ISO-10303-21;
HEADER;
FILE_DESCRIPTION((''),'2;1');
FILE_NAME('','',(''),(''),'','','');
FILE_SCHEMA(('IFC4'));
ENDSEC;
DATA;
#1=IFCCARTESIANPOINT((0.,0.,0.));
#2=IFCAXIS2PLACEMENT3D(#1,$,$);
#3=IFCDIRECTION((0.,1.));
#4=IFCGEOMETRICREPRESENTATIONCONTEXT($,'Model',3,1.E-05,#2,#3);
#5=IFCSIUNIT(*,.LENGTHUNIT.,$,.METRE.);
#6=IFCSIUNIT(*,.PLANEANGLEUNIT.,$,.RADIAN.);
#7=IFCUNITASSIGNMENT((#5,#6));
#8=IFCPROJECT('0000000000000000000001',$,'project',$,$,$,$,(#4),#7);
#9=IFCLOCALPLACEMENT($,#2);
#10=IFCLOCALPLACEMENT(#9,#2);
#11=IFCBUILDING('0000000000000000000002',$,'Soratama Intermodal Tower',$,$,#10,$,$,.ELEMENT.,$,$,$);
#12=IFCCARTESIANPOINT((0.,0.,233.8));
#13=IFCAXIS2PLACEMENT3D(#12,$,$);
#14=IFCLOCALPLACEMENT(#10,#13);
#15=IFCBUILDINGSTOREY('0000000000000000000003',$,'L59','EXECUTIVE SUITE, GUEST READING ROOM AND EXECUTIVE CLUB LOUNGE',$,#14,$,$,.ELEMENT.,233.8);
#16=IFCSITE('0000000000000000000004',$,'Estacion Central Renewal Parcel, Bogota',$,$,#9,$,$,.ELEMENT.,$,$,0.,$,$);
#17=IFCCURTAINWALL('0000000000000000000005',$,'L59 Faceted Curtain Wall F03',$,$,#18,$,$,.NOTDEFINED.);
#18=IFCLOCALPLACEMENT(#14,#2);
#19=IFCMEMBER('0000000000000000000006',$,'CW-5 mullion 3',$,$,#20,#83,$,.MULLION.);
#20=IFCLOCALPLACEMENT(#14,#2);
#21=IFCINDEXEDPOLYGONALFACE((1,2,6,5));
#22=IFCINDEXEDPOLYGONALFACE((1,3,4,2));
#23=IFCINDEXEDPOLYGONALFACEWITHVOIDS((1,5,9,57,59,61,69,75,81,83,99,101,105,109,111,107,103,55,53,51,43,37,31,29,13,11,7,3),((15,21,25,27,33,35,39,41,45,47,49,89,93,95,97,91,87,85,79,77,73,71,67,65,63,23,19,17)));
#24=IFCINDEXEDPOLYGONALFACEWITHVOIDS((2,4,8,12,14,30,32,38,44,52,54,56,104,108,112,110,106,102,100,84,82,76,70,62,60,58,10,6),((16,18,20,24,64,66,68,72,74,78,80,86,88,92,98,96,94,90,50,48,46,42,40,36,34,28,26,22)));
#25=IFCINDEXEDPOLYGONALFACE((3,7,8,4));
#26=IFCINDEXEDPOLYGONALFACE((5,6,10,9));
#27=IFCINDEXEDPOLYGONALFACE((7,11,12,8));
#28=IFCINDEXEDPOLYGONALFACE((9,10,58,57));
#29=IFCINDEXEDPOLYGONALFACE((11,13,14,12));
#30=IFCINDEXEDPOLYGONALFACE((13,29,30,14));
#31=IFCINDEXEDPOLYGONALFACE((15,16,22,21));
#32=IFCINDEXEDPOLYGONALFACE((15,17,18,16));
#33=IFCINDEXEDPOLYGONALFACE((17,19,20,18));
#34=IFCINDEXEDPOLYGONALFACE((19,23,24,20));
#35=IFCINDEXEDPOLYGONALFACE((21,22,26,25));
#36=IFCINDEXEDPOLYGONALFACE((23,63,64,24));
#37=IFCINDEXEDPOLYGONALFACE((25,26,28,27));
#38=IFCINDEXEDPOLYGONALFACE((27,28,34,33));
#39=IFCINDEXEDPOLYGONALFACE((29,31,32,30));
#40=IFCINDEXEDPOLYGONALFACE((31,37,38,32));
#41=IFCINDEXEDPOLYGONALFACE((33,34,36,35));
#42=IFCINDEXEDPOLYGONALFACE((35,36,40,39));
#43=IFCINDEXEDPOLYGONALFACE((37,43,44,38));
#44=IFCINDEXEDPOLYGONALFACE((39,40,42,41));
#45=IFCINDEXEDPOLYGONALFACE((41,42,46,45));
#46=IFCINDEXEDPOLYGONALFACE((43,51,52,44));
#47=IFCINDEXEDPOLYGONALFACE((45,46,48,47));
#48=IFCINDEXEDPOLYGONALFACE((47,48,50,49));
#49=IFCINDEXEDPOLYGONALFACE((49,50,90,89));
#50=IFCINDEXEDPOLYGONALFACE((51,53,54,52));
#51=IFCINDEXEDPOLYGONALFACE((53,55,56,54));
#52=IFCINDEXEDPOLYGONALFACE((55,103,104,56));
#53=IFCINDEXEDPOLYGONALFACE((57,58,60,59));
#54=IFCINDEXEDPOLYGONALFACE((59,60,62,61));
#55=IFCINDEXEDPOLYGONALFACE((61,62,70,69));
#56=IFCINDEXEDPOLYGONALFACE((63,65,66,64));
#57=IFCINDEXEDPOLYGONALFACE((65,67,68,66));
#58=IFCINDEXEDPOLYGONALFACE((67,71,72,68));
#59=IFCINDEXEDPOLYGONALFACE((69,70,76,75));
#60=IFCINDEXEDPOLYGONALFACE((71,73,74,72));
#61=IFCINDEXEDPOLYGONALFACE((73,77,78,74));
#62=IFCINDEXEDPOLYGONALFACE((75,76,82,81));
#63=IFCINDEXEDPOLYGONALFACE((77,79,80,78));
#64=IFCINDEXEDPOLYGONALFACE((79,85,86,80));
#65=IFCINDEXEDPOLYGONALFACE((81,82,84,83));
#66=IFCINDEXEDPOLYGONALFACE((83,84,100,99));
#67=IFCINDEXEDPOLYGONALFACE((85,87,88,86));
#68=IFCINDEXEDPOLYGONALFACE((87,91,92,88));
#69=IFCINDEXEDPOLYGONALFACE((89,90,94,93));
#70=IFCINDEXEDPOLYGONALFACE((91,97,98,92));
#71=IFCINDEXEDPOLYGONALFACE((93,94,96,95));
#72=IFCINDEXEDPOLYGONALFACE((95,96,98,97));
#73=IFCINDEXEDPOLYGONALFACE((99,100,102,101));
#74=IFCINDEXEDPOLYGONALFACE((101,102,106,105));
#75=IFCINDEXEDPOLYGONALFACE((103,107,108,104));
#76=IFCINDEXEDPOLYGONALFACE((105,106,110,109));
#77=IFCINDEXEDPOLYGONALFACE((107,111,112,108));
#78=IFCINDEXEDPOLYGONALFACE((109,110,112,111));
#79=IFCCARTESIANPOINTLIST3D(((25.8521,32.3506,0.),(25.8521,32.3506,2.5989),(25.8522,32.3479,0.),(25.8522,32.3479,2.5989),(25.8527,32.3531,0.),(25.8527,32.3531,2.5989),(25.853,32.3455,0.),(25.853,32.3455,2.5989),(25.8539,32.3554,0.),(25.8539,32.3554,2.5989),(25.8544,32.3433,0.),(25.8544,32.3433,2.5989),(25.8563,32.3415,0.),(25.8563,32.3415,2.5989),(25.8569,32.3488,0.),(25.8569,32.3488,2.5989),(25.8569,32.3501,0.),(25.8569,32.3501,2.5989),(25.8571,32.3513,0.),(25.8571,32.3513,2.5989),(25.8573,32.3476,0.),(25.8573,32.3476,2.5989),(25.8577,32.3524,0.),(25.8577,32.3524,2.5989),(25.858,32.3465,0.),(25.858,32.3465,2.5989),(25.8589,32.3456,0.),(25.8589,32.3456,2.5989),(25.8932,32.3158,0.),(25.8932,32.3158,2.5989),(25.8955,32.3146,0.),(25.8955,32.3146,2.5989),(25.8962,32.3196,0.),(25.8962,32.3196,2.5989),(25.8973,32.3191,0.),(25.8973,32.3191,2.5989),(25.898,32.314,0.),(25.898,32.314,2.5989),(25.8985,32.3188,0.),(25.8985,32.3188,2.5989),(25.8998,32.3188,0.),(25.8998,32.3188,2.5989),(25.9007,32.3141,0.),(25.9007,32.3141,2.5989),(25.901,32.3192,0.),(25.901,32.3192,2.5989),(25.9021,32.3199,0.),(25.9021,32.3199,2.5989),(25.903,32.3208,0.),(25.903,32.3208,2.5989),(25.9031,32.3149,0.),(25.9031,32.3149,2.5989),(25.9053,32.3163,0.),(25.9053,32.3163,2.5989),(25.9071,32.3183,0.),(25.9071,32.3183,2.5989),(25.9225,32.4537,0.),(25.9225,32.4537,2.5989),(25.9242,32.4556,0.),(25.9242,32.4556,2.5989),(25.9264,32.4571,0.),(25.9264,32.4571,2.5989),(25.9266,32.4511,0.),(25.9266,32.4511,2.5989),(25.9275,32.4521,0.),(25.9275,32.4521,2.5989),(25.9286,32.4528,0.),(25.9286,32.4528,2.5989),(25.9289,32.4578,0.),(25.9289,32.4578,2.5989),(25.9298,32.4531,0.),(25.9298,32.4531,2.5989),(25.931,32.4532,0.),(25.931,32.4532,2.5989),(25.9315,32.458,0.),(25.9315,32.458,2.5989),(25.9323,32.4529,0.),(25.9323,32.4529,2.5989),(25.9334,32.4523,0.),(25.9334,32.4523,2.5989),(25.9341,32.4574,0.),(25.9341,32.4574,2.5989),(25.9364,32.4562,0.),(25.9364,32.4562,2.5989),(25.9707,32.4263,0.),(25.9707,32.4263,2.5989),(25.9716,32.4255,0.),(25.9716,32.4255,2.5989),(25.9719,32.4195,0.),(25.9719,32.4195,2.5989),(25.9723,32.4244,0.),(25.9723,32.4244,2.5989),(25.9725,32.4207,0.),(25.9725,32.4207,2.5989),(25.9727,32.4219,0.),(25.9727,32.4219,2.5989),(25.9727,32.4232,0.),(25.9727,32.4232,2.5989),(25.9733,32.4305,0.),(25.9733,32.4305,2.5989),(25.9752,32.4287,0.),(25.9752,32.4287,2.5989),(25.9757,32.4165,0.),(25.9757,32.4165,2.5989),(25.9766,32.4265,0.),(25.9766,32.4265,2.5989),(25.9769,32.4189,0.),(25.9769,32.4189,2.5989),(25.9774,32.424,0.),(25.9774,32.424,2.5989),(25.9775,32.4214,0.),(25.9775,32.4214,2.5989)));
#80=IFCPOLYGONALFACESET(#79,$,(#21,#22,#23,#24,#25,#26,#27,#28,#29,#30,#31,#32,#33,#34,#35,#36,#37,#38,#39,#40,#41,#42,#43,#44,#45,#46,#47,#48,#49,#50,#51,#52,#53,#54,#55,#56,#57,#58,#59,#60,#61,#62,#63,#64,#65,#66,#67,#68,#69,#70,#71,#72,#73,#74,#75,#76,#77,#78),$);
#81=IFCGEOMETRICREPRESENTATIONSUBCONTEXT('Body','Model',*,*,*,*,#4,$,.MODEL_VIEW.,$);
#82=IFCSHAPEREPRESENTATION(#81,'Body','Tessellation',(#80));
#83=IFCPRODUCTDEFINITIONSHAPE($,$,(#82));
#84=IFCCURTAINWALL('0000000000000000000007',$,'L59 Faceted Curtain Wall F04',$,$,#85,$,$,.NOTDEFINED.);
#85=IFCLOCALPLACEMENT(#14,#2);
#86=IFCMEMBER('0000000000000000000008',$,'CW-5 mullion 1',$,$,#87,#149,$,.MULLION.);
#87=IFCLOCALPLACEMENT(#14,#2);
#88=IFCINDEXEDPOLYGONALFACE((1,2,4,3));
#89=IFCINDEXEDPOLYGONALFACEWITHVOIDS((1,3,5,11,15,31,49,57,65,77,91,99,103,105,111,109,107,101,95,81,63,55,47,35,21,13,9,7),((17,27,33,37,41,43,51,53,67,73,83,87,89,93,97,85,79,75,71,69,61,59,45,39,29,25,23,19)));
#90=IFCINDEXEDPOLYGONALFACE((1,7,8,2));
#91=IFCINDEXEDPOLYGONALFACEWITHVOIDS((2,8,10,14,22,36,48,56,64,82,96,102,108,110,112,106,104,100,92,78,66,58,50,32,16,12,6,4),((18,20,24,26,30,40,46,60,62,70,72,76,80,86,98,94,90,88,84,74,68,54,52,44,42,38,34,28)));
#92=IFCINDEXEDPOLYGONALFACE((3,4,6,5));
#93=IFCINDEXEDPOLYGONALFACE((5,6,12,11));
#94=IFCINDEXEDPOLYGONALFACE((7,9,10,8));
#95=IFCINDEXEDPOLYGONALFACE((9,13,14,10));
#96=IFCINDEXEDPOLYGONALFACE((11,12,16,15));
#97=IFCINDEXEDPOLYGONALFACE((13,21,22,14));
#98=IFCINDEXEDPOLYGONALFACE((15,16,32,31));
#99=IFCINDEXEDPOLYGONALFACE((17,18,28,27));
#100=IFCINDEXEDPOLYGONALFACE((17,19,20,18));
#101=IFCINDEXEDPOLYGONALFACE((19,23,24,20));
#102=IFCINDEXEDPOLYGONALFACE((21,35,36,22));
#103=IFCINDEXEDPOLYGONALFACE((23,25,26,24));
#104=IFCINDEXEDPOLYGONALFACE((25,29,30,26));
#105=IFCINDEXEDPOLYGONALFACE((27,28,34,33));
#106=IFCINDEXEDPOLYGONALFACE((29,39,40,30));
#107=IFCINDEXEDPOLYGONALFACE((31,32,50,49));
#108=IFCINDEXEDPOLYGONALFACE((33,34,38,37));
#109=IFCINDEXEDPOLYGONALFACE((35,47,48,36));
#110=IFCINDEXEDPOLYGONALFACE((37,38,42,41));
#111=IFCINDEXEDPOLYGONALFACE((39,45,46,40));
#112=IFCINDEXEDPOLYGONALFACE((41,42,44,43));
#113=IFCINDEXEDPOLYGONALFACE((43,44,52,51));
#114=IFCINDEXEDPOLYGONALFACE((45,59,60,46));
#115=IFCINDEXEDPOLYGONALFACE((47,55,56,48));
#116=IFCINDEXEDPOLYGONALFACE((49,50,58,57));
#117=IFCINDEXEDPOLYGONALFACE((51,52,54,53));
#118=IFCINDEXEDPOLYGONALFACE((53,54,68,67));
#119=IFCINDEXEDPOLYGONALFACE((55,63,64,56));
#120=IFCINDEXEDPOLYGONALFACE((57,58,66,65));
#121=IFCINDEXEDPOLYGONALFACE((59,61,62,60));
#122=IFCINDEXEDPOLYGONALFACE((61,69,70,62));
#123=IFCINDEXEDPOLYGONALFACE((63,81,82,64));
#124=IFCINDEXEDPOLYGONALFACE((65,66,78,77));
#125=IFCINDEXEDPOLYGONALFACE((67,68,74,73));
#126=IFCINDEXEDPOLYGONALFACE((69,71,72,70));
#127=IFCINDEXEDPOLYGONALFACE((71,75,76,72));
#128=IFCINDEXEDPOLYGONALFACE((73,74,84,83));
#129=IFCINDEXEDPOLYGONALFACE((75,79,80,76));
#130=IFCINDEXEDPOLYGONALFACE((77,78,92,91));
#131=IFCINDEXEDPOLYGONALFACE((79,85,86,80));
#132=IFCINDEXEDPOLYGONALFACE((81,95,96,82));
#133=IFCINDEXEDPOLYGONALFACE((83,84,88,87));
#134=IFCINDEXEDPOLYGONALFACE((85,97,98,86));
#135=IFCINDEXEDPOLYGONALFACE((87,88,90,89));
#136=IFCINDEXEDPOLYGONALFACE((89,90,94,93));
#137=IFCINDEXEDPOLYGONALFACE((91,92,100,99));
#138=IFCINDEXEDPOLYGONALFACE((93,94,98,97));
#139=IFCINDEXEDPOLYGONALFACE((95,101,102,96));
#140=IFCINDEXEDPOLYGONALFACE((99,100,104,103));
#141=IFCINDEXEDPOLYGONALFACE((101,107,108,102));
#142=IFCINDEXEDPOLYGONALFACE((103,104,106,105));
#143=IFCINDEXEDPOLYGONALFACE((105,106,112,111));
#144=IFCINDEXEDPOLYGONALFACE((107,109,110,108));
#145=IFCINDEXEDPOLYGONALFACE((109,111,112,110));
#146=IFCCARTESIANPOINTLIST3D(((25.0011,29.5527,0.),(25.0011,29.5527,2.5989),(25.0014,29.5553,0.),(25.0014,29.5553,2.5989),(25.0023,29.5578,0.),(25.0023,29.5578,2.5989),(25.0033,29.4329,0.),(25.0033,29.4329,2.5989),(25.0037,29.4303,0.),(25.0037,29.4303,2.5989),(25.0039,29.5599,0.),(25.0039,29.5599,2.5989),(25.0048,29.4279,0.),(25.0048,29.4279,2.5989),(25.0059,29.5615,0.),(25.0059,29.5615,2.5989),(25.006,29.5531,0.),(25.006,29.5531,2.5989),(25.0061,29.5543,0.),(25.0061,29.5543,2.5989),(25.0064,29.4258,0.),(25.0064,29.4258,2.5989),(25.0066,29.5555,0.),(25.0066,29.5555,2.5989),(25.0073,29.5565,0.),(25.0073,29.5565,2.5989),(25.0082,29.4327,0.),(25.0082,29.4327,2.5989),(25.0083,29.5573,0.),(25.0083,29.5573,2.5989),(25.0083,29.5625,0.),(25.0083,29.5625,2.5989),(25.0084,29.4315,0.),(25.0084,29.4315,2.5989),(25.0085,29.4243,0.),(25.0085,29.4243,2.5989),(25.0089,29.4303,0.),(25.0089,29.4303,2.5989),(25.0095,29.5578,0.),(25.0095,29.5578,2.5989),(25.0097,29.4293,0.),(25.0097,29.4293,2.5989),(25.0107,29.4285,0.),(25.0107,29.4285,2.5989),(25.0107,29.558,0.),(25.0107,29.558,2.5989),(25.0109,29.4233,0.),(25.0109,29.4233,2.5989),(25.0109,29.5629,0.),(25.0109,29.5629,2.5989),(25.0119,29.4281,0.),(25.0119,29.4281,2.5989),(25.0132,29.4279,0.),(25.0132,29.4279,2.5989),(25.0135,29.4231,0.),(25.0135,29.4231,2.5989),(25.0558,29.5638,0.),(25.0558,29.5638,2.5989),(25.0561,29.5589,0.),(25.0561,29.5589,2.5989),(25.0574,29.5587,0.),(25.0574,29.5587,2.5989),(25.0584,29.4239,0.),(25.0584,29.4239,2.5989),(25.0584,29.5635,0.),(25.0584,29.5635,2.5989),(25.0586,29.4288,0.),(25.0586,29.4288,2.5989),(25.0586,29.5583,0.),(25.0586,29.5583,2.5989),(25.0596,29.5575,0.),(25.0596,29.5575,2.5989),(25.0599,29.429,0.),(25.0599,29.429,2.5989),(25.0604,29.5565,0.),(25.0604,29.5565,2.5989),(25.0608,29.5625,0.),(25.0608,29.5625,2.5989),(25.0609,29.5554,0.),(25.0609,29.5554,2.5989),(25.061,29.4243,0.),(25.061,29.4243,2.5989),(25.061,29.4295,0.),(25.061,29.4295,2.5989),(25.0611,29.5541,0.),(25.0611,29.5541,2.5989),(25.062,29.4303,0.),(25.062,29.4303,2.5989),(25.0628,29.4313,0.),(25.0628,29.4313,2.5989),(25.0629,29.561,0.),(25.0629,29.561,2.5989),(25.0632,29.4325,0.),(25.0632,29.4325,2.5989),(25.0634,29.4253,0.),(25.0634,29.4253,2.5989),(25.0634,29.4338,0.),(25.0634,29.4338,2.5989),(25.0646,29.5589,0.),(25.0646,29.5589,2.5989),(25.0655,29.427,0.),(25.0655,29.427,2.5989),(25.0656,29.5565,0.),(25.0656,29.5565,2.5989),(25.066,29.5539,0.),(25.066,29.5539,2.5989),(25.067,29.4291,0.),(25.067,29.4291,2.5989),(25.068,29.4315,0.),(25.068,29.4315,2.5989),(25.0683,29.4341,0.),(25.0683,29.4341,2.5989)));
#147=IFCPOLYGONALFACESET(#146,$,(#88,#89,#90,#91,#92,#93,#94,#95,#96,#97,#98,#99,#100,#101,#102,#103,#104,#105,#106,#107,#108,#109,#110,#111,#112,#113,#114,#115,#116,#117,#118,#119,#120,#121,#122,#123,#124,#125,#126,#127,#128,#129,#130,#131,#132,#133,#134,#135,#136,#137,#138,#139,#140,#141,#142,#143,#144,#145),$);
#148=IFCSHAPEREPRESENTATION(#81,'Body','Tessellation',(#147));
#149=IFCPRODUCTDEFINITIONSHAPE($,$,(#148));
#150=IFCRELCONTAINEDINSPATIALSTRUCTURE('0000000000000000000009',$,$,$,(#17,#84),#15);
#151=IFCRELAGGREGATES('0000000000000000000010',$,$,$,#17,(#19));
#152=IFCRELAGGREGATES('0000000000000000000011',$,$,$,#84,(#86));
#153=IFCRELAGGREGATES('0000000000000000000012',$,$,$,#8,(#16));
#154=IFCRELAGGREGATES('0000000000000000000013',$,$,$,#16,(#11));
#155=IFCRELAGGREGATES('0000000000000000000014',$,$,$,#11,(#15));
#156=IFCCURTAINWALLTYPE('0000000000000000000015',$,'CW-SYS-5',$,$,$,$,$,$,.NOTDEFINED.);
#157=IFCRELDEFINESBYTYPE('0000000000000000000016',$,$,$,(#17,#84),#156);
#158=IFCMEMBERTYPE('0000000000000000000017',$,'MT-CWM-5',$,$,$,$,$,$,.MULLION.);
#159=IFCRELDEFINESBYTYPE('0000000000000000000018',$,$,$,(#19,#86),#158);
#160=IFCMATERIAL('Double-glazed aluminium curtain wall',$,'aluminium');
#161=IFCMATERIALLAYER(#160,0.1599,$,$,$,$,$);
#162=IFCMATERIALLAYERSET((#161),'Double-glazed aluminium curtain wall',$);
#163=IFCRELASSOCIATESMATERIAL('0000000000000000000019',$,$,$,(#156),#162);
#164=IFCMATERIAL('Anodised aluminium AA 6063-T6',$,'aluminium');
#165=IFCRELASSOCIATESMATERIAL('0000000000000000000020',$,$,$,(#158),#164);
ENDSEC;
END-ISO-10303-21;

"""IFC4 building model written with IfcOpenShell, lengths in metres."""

from ifc_helpers import new_model, si_unit, direction, frame, origin, origin_2d, place, context, subcontext, project, spatial, hollow_rectangle, extrude, material, layer, layer_set, material_profile, profile_set, type_object, element, aggregate, save


model = new_model("IFC4")

# Units and contexts
model_context = context("Model", 3, precision=1e-05, world=origin(), true_north=direction((0.0, 1.0)))
body_context = subcontext(model_context, "Body", "Model", "MODEL_VIEW")
ifc_project = project(units=[si_unit("LENGTHUNIT", "METRE"), si_unit("PLANEANGLEUNIT", "RADIAN")], contexts=[model_context])

# Site, building, storey
site_placement = place(None, origin())
site = spatial("IfcSite", under=ifc_project, at=site_placement, Name="Estacion Central Renewal Parcel, Bogota", CompositionType="ELEMENT", RefElevation=0.0)
building_placement = place(site_placement, origin())
building = spatial("IfcBuilding", under=site, at=building_placement, Name="Soratama Intermodal Tower", CompositionType="ELEMENT")
storey_placement = place(building_placement, frame((0.0, 0.0, 233.8)))
storey = spatial("IfcBuildingStorey", under=building, at=storey_placement, Name="L59", Description="EXECUTIVE SUITE, GUEST READING ROOM AND EXECUTIVE CLUB LOUNGE", CompositionType="ELEMENT", Elevation=233.8)

# Curtain wall, member
ifc_material_1 = material(Name="Double-glazed aluminium curtain wall", Category="aluminium")
ifc_layer_1 = layer(ifc_material_1, 0.1599)
ifc_layer_set_1 = layer_set([ifc_layer_1], Name="Double-glazed aluminium curtain wall")
curtain_wall_type = type_object("IfcCurtainWallType", Name="CW-SYS-5", PredefinedType="NOTDEFINED", material=ifc_layer_set_1)
curtain_wall_1_placement = place(storey_placement, origin())
curtain_wall_1 = element("IfcCurtainWall", 1, at=curtain_wall_1_placement, inside=storey, type_object=curtain_wall_type, Name="L59 Faceted Curtain Wall F03", PredefinedType="NOTDEFINED")
ifc_material_2 = material(Name="Anodised aluminium AA 6063-T6", Category="aluminium")
ifc_material_profile_1 = material_profile(ifc_material_2, hollow_rectangle(XDim=0.0649, YDim=0.1399, WallThickness=0.0049, InnerFilletRadius=0.0049, OuterFilletRadius=0.01, at=origin_2d()), Name="CWM140X65X5")
ifc_profile_set_1 = profile_set([ifc_material_profile_1], Name="Anodised aluminium AA 6063-T6")
member_type_1 = type_object("IfcMemberType", Name="MT-CWM-5", PredefinedType="MULLION", material=ifc_profile_set_1)
member_1_placement = place(storey_placement, frame((25.9148, 32.386, 0.0), z_axis=(0.0, 0.0, 1.0), x_axis=(0.819951, -0.572433, 0.0)))
member_1 = element("IfcMember", 2, at=member_1_placement, type_object=member_type_1, Name="CW-5 mullion 3", PredefinedType="MULLION", context=body_context, shape_type="SweptSolid", body=[
    extrude(hollow_rectangle(XDim=0.0649, YDim=0.1399, WallThickness=0.0049, InnerFilletRadius=0.0049, OuterFilletRadius=0.01, at=origin_2d()), origin(), (0.0, 0.0, 1.0), 2.5989),
])
aggregate(curtain_wall_1, [member_1])

# Curtain wall, member
curtain_wall_2_placement = place(storey_placement, origin())
curtain_wall_2 = element("IfcCurtainWall", 3, at=curtain_wall_2_placement, inside=storey, type_object=curtain_wall_type, Name="L59 Faceted Curtain Wall F04", PredefinedType="NOTDEFINED")
member_2_placement = place(storey_placement, frame((25.0347, 29.4934, 0.0), z_axis=(0.0, 0.0, 1.0), x_axis=(0.999822, 0.018851, 0.0)))
member_2 = element("IfcMember", 4, at=member_2_placement, type_object=member_type_1, Name="CW-5 mullion 1", PredefinedType="MULLION", context=body_context, shape_type="SweptSolid", body=[
    extrude(hollow_rectangle(XDim=0.0649, YDim=0.1399, WallThickness=0.0049, InnerFilletRadius=0.0049, OuterFilletRadius=0.01, at=origin_2d()), origin(), (0.0, 0.0, 1.0), 2.5989),
])
aggregate(curtain_wall_2, [member_2])

save(model, "model.ifc")
